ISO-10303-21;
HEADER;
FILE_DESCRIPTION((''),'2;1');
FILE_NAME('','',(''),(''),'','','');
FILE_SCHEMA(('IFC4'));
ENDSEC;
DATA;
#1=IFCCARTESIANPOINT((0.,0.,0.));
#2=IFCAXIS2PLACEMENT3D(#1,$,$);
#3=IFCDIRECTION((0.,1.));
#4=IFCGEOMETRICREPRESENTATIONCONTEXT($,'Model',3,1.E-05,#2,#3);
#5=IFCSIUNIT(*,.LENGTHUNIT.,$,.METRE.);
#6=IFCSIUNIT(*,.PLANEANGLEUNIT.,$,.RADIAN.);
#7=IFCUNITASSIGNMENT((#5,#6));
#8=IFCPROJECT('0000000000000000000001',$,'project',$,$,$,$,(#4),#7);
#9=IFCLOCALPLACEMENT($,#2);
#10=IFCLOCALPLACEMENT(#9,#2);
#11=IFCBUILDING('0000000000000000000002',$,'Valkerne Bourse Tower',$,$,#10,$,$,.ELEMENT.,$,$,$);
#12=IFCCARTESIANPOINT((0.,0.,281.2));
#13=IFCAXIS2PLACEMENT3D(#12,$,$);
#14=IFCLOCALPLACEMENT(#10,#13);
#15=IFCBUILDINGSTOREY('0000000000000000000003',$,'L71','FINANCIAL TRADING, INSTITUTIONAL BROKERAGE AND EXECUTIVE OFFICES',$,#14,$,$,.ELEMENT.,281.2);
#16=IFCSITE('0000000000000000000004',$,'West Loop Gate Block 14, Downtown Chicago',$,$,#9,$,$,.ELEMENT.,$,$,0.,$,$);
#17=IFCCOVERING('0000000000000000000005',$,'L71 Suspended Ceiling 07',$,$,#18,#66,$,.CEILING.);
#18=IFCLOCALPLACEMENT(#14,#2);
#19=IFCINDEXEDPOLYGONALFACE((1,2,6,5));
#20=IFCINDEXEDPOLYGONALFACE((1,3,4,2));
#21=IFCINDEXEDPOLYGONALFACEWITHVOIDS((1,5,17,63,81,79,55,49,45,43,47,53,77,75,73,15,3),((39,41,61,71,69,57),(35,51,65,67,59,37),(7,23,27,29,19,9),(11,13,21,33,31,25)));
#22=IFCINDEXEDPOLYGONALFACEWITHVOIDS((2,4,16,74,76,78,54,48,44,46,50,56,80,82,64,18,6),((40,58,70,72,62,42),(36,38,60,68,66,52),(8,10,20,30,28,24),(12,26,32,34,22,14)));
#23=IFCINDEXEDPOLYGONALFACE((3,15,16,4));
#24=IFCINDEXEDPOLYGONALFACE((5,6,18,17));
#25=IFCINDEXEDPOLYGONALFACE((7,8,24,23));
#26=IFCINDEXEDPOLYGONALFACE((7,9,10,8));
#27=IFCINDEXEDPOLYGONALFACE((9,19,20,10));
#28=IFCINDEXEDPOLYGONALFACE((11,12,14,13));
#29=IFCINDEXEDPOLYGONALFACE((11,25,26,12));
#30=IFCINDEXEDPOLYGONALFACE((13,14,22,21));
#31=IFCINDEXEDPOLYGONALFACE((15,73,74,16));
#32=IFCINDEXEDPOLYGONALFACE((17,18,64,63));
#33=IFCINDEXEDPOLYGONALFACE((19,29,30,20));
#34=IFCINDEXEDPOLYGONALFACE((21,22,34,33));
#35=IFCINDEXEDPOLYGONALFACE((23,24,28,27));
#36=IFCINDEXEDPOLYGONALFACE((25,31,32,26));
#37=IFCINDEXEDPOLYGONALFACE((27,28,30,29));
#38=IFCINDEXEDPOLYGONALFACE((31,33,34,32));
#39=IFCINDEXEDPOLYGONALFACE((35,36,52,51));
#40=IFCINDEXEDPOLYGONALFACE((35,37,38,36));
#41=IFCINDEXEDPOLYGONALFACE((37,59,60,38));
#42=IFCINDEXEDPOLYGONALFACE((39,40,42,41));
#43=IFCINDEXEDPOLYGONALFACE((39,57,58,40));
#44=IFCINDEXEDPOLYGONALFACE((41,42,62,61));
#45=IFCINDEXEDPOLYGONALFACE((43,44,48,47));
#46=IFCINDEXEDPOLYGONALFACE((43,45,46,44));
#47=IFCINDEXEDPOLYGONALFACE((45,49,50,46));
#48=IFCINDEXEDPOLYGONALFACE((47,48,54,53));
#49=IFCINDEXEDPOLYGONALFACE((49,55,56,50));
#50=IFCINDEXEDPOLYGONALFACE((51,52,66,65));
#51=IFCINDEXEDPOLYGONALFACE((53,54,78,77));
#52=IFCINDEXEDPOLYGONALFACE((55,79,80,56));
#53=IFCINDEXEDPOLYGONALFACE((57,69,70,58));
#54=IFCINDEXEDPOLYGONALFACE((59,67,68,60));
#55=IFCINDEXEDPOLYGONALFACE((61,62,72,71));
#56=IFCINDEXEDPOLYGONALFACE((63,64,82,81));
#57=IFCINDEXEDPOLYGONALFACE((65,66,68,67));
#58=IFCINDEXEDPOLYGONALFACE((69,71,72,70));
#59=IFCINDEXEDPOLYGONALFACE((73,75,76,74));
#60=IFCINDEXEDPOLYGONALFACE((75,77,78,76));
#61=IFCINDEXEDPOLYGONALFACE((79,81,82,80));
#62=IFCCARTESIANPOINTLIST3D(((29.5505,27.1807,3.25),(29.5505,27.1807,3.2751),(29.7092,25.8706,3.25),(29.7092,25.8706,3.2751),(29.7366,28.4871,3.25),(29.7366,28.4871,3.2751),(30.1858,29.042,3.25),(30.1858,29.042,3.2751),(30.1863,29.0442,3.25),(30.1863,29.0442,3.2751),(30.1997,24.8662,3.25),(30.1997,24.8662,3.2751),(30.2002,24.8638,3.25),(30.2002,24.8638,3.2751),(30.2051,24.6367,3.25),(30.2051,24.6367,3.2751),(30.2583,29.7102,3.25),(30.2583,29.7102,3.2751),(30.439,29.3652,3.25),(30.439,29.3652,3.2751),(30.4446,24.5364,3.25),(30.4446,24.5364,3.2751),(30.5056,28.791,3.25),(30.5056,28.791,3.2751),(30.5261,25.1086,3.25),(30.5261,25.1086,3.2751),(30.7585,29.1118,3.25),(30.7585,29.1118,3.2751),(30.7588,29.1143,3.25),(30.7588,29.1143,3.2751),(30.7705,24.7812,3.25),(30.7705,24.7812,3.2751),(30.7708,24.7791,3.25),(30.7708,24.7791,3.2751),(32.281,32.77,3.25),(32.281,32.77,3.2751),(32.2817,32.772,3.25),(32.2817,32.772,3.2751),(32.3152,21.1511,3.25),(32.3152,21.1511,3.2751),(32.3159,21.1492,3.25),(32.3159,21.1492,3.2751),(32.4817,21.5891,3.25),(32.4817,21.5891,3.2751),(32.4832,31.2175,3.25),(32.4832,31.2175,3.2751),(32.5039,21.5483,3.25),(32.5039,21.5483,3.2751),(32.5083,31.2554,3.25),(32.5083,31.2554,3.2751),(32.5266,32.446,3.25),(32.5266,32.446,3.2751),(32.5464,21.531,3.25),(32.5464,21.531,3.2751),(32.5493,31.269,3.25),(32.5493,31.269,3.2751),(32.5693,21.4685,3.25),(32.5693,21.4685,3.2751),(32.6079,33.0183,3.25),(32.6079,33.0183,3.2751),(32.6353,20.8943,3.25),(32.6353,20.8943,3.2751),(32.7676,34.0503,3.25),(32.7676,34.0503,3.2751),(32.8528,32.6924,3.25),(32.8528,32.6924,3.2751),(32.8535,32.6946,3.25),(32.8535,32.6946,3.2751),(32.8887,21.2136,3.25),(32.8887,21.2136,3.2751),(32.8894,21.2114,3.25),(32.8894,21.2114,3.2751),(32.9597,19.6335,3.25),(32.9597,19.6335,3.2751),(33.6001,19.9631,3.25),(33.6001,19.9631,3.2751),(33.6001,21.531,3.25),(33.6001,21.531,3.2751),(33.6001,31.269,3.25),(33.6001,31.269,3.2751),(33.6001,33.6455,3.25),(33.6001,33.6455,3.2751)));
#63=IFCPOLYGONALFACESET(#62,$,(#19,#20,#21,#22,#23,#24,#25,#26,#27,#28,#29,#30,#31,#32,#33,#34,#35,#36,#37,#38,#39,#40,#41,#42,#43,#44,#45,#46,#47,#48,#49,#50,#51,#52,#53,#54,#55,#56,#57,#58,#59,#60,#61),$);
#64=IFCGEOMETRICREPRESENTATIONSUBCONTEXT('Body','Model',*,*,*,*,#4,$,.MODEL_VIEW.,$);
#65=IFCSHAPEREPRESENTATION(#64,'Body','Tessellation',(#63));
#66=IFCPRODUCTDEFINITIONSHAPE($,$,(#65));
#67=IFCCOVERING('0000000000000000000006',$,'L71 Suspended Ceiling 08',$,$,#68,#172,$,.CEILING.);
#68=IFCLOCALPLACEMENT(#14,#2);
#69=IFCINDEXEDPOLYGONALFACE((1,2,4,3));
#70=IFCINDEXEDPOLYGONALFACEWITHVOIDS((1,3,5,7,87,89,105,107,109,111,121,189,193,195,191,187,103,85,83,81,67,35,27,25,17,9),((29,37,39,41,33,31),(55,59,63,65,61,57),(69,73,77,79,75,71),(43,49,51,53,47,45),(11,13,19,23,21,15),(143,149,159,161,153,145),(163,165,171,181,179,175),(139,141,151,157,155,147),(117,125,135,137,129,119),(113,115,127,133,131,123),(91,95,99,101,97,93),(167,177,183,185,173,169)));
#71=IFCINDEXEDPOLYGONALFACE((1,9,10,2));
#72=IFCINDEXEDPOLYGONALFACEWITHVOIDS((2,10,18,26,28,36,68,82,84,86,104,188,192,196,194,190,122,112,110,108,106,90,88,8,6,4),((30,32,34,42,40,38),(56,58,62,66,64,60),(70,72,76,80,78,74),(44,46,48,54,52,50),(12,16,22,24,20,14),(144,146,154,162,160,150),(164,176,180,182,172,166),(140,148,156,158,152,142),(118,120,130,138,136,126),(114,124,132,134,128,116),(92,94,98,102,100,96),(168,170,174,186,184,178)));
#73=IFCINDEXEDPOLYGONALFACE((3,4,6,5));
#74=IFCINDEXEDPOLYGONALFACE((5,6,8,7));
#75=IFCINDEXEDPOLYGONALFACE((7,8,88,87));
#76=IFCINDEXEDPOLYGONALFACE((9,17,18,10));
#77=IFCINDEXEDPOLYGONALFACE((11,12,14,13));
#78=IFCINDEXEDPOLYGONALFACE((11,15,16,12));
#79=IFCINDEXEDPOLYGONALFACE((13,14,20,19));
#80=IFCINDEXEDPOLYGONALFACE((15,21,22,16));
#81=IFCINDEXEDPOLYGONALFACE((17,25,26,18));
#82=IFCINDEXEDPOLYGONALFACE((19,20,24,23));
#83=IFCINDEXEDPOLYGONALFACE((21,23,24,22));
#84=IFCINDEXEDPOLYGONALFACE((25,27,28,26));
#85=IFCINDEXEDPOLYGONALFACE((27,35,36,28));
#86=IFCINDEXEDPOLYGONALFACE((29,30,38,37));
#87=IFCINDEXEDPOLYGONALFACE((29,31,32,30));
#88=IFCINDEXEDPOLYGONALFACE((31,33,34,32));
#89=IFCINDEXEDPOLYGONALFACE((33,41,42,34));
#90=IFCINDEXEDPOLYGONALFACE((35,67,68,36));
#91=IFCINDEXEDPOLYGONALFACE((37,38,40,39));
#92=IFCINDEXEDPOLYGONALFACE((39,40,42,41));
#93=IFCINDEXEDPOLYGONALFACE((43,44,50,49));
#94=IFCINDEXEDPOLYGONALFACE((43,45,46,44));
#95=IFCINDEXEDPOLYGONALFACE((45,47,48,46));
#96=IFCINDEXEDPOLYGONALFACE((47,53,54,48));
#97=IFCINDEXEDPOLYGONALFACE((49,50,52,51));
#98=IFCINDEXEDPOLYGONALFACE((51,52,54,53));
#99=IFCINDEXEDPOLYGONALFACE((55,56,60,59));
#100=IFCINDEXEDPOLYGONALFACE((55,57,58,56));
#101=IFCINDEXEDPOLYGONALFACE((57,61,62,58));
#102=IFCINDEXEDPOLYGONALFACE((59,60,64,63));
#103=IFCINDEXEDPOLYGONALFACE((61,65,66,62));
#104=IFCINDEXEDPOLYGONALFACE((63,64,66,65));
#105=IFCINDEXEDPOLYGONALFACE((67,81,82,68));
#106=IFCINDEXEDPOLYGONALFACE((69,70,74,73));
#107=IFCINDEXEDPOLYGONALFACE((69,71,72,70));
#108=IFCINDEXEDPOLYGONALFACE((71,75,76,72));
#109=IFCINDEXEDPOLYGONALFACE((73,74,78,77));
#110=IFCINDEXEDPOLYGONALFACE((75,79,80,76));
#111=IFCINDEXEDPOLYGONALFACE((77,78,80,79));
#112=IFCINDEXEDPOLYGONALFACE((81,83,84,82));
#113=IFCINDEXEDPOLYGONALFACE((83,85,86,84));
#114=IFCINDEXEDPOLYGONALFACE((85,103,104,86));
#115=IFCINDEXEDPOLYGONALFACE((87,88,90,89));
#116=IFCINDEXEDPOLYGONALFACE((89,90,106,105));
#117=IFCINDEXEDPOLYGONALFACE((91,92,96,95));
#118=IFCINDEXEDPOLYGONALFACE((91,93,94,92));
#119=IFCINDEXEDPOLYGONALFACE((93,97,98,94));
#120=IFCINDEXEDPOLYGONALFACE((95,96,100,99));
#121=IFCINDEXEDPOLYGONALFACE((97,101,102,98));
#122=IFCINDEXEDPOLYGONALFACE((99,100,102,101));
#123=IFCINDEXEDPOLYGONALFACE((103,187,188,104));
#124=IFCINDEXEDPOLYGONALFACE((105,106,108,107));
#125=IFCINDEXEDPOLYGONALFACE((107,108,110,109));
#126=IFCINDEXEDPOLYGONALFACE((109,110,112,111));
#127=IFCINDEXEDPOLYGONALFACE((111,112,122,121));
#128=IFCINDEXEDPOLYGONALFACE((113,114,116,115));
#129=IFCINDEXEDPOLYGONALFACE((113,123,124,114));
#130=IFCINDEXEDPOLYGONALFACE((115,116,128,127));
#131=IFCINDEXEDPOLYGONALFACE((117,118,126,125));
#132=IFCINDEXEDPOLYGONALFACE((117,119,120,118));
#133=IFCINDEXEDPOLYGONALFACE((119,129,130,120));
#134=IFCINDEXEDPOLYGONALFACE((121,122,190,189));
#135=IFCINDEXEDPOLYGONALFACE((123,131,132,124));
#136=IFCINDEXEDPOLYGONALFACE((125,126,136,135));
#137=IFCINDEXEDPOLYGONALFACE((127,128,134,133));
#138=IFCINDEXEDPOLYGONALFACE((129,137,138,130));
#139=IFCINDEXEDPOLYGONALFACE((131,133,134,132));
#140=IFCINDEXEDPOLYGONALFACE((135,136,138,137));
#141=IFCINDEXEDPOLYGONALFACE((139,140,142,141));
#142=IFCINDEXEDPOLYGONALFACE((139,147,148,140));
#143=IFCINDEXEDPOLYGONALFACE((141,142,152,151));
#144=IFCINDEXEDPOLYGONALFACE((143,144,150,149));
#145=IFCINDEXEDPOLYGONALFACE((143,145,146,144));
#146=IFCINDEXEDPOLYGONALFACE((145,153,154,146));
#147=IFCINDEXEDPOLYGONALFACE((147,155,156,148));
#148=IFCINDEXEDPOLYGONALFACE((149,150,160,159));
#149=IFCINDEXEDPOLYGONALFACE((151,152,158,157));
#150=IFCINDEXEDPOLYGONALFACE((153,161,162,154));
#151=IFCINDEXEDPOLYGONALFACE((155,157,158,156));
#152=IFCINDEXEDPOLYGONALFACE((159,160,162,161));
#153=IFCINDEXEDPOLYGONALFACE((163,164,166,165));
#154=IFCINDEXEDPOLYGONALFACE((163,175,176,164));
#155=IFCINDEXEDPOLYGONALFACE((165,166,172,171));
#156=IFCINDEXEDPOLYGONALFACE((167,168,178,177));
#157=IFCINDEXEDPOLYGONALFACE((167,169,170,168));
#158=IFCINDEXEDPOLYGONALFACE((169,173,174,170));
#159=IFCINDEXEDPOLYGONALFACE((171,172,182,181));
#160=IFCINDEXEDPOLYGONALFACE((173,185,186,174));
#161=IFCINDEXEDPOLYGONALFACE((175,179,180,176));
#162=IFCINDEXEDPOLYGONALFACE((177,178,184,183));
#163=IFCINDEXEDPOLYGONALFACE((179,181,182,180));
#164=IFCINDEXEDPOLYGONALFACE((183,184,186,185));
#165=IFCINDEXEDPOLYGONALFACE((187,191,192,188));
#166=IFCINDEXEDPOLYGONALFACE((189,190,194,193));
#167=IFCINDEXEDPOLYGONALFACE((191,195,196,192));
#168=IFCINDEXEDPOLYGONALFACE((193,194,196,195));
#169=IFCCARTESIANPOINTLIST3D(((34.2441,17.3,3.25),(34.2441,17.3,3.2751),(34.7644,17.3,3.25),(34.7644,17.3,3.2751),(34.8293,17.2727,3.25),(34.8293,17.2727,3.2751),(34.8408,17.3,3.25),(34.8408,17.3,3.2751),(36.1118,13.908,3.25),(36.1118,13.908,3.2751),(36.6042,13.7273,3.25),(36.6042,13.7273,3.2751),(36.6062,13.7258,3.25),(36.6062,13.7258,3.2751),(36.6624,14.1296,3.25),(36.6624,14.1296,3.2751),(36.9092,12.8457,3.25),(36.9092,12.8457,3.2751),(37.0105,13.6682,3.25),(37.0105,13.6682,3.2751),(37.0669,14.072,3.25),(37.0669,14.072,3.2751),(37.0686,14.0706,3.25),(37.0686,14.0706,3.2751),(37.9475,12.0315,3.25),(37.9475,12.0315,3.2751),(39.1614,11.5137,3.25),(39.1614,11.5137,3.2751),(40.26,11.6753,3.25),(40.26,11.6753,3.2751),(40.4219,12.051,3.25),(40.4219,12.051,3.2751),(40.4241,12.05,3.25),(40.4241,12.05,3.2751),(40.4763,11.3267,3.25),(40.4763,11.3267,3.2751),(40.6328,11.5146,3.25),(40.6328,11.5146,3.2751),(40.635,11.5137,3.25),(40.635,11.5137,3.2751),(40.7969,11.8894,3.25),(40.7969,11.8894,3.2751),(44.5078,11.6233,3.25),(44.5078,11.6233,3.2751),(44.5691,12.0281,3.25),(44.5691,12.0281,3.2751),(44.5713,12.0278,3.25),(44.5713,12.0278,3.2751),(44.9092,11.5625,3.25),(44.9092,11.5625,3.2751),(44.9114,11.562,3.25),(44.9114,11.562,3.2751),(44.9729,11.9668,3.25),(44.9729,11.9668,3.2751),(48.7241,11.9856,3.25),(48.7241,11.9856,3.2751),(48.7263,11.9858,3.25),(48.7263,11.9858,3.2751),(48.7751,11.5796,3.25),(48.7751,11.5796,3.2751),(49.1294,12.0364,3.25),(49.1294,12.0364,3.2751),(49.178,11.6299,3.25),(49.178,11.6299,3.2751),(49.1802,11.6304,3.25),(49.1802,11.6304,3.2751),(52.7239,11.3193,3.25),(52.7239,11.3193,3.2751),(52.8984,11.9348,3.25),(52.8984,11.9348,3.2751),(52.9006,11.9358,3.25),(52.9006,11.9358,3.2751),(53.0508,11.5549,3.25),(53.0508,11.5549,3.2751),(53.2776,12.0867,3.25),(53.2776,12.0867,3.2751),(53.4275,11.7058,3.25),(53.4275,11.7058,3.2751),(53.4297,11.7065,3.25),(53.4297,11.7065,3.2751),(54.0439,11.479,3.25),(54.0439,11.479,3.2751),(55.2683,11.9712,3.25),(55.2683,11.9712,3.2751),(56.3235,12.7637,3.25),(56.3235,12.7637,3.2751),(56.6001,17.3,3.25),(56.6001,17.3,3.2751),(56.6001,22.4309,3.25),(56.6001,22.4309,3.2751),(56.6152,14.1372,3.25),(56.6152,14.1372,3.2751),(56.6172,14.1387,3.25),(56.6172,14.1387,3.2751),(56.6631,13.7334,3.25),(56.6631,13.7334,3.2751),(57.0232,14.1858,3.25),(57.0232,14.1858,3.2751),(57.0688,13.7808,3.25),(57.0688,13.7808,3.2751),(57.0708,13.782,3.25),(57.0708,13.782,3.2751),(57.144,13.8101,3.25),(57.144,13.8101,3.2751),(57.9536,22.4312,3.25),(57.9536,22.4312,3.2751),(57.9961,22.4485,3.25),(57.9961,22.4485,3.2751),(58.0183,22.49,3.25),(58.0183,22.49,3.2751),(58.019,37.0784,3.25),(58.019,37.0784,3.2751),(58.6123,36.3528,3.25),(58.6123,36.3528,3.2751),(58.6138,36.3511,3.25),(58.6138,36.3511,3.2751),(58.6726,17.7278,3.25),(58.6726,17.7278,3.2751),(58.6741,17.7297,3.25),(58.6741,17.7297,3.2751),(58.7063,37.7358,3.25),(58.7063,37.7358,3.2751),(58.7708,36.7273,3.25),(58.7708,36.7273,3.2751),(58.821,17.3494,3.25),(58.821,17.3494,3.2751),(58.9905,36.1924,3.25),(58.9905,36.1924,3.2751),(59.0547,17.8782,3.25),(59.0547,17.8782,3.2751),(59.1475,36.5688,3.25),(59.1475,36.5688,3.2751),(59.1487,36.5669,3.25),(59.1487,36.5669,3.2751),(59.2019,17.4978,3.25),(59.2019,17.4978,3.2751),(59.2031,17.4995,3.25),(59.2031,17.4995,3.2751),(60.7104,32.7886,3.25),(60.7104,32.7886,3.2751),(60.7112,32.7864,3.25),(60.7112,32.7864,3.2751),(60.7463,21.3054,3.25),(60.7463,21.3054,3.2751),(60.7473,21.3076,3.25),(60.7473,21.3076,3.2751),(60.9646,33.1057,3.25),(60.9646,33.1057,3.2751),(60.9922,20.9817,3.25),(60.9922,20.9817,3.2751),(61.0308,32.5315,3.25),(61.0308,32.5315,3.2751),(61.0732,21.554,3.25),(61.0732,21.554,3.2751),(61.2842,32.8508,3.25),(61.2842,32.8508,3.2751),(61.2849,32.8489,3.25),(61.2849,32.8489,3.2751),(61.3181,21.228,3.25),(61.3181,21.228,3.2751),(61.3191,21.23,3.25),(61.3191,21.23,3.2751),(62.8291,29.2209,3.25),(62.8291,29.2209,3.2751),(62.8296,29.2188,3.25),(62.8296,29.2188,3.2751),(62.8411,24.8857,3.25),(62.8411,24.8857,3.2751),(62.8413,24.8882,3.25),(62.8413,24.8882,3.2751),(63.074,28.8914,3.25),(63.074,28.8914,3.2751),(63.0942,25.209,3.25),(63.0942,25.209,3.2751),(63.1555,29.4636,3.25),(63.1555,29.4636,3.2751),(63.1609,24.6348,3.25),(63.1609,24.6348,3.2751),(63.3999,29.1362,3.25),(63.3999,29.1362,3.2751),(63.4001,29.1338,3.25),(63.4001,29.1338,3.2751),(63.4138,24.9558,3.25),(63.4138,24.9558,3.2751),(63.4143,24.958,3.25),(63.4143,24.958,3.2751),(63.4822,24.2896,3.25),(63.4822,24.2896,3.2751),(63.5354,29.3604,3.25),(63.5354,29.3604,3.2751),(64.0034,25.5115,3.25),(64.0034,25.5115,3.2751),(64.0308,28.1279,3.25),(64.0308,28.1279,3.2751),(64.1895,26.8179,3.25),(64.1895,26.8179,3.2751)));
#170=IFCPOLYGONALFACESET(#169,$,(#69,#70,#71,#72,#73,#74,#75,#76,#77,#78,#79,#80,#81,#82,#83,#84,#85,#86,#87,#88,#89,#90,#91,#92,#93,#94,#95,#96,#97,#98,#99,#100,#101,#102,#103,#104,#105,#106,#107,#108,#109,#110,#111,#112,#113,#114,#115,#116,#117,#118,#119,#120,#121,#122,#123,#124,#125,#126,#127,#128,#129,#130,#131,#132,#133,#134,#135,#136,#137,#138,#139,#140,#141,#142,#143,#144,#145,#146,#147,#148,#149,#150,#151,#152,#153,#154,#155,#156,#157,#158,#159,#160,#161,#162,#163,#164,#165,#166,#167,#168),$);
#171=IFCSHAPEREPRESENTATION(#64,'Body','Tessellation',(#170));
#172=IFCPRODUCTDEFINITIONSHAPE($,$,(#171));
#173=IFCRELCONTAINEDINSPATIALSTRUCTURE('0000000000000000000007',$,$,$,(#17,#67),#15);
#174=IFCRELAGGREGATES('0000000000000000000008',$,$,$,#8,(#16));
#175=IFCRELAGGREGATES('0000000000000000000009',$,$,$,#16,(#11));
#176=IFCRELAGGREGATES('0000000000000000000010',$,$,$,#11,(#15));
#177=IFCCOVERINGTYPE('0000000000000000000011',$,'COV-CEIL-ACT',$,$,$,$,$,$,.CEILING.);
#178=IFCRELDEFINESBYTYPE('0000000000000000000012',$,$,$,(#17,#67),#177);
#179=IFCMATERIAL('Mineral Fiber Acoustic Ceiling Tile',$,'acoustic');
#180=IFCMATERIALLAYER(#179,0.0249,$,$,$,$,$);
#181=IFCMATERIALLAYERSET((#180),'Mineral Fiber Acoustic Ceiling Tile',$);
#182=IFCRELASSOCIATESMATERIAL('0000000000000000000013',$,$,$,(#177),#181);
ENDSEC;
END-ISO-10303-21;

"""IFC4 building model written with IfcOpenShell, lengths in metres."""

from ifc_helpers import new_model, si_unit, direction, frame, origin, place, context, subcontext, project, spatial, polyline, outline, extrude, material, layer, layer_set, type_object, element, save


model = new_model("IFC4")

# Units and contexts
model_context = context("Model", 3, precision=1e-05, world=origin(), true_north=direction((0.0, 1.0)))
body_context = subcontext(model_context, "Body", "Model", "MODEL_VIEW")
ifc_project = project(units=[si_unit("LENGTHUNIT", "METRE"), si_unit("PLANEANGLEUNIT", "RADIAN")], contexts=[model_context])

# Site, building, storey
site_placement = place(None, origin())
site = spatial("IfcSite", under=ifc_project, at=site_placement, Name="West Loop Gate Block 14, Downtown Chicago", CompositionType="ELEMENT", RefElevation=0.0)
building_placement = place(site_placement, origin())
building = spatial("IfcBuilding", under=site, at=building_placement, Name="Valkerne Bourse Tower", CompositionType="ELEMENT")
storey_placement = place(building_placement, frame((0.0, 0.0, 281.2)))
storey = spatial("IfcBuildingStorey", under=building, at=storey_placement, Name="L71", Description="FINANCIAL TRADING, INSTITUTIONAL BROKERAGE AND EXECUTIVE OFFICES", CompositionType="ELEMENT", Elevation=281.2)

# Coverings
ifc_material_1 = material(Name="Mineral Fiber Acoustic Ceiling Tile", Category="acoustic")
ifc_layer_1 = layer(ifc_material_1, 0.0249)
ifc_layer_set_1 = layer_set([ifc_layer_1], Name="Mineral Fiber Acoustic Ceiling Tile")
covering_type_1 = type_object("IfcCoveringType", Name="COV-CEIL-ACT", PredefinedType="CEILING", material=ifc_layer_set_1)
covering_1_placement = place(storey_placement, frame((0.0, 0.0, 3.25)))
element("IfcCovering", 1, at=covering_1_placement, inside=storey, type_object=covering_type_1, Name="L71 Suspended Ceiling 07", PredefinedType="CEILING", context=body_context, shape_type="SweptSolid", body=[
    extrude(outline(polyline([(29.5505, 27.1807), (29.7366, 28.4871), (30.2583, 29.7102), (32.7676, 34.0503), (33.6001, 33.6455), (33.6001, 31.269), (32.5493, 31.269), (32.5083, 31.2554), (32.4832, 31.2175), (32.4817, 21.5891), (32.5039, 21.5483), (32.5464, 21.531), (33.6001, 21.531), (33.6001, 19.9631), (32.9597, 19.6335), (30.2051, 24.6367), (29.7092, 25.8706), (29.5505, 27.1807)]), holes=[polyline([(32.8887, 21.2136), (32.5693, 21.4685), (32.3152, 21.1511), (32.3159, 21.1492), (32.6353, 20.8943), (32.8894, 21.2114), (32.8887, 21.2136)]), polyline([(30.7705, 24.7812), (30.5261, 25.1086), (30.1997, 24.8662), (30.2002, 24.8638), (30.4446, 24.5364), (30.7708, 24.7791), (30.7705, 24.7812)]), polyline([(30.7588, 29.1143), (30.439, 29.3652), (30.1863, 29.0442), (30.1858, 29.042), (30.5056, 28.791), (30.7585, 29.1118), (30.7588, 29.1143)]), polyline([(32.8535, 32.6946), (32.6079, 33.0183), (32.2817, 32.772), (32.281, 32.77), (32.5266, 32.446), (32.8528, 32.6924), (32.8535, 32.6946)])]), origin(), (0.0, 0.0, 1.0), 0.0251),
])
covering_2_placement = place(storey_placement, frame((0.0, 0.0, 3.25)))
element("IfcCovering", 2, at=covering_2_placement, inside=storey, type_object=covering_type_1, Name="L71 Suspended Ceiling 08", PredefinedType="CEILING", context=body_context, shape_type="SweptSolid", body=[
    extrude(outline(polyline([(64.0034, 25.5115), (63.4822, 24.2896), (57.144, 13.8101), (56.3235, 12.7637), (55.2683, 11.9712), (54.0439, 11.479), (52.7239, 11.3193), (40.4763, 11.3267), (39.1614, 11.5137), (37.9475, 12.0315), (36.9092, 12.8457), (36.1118, 13.908), (34.2441, 17.3), (34.7644, 17.3), (34.8293, 17.2727), (34.8408, 17.3), (56.6001, 17.3), (56.6001, 22.4309), (57.9536, 22.4312), (57.9961, 22.4485), (58.0183, 22.49), (58.019, 37.0784), (58.7063, 37.7358), (63.5354, 29.3604), (64.0308, 28.1279), (64.1895, 26.8179), (64.0034, 25.5115)]), holes=[polyline([(40.4241, 12.05), (40.4219, 12.051), (40.26, 11.6753), (40.6328, 11.5146), (40.635, 11.5137), (40.7969, 11.8894), (40.4241, 12.05)]), polyline([(44.5713, 12.0278), (44.5691, 12.0281), (44.5078, 11.6233), (44.9092, 11.5625), (44.9114, 11.562), (44.9729, 11.9668), (44.5713, 12.0278)]), polyline([(37.0669, 14.072), (36.6624, 14.1296), (36.6042, 13.7273), (36.6062, 13.7258), (37.0105, 13.6682), (37.0686, 14.0706), (37.0669, 14.072)]), polyline([(49.1802, 11.6304), (49.1294, 12.0364), (48.7263, 11.9858), (48.7241, 11.9856), (48.7751, 11.5796), (49.178, 11.6299), (49.1802, 11.6304)]), polyline([(53.4297, 11.7065), (53.2776, 12.0867), (52.9006, 11.9358), (52.8984, 11.9348), (53.0508, 11.5549), (53.4275, 11.7058), (53.4297, 11.7065)]), polyline([(57.0708, 13.782), (57.0232, 14.1858), (56.6172, 14.1387), (56.6152, 14.1372), (56.6631, 13.7334), (57.0688, 13.7808), (57.0708, 13.782)]), polyline([(59.2031, 17.4995), (59.0547, 17.8782), (58.6741, 17.7297), (58.6726, 17.7278), (58.821, 17.3494), (59.2019, 17.4978), (59.2031, 17.4995)]), polyline([(61.3191, 21.23), (61.0732, 21.554), (60.7473, 21.3076), (60.7463, 21.3054), (60.9922, 20.9817), (61.3181, 21.228), (61.3191, 21.23)]), polyline([(63.4143, 24.958), (63.0942, 25.209), (62.8413, 24.8882), (62.8411, 24.8857), (63.1609, 24.6348), (63.4138, 24.9558), (63.4143, 24.958)]), polyline([(63.3999, 29.1362), (63.1555, 29.4636), (62.8291, 29.2209), (62.8296, 29.2188), (63.074, 28.8914), (63.4001, 29.1338), (63.3999, 29.1362)]), polyline([(61.2842, 32.8508), (60.9646, 33.1057), (60.7104, 32.7886), (60.7112, 32.7864), (61.0308, 32.5315), (61.2849, 32.8489), (61.2842, 32.8508)]), polyline([(59.1475, 36.5688), (58.7708, 36.7273), (58.6123, 36.3528), (58.6138, 36.3511), (58.9905, 36.1924), (59.1487, 36.5669), (59.1475, 36.5688)])]), origin(), (0.0, 0.0, 1.0), 0.0251),
])

save(model, "model.ifc")
